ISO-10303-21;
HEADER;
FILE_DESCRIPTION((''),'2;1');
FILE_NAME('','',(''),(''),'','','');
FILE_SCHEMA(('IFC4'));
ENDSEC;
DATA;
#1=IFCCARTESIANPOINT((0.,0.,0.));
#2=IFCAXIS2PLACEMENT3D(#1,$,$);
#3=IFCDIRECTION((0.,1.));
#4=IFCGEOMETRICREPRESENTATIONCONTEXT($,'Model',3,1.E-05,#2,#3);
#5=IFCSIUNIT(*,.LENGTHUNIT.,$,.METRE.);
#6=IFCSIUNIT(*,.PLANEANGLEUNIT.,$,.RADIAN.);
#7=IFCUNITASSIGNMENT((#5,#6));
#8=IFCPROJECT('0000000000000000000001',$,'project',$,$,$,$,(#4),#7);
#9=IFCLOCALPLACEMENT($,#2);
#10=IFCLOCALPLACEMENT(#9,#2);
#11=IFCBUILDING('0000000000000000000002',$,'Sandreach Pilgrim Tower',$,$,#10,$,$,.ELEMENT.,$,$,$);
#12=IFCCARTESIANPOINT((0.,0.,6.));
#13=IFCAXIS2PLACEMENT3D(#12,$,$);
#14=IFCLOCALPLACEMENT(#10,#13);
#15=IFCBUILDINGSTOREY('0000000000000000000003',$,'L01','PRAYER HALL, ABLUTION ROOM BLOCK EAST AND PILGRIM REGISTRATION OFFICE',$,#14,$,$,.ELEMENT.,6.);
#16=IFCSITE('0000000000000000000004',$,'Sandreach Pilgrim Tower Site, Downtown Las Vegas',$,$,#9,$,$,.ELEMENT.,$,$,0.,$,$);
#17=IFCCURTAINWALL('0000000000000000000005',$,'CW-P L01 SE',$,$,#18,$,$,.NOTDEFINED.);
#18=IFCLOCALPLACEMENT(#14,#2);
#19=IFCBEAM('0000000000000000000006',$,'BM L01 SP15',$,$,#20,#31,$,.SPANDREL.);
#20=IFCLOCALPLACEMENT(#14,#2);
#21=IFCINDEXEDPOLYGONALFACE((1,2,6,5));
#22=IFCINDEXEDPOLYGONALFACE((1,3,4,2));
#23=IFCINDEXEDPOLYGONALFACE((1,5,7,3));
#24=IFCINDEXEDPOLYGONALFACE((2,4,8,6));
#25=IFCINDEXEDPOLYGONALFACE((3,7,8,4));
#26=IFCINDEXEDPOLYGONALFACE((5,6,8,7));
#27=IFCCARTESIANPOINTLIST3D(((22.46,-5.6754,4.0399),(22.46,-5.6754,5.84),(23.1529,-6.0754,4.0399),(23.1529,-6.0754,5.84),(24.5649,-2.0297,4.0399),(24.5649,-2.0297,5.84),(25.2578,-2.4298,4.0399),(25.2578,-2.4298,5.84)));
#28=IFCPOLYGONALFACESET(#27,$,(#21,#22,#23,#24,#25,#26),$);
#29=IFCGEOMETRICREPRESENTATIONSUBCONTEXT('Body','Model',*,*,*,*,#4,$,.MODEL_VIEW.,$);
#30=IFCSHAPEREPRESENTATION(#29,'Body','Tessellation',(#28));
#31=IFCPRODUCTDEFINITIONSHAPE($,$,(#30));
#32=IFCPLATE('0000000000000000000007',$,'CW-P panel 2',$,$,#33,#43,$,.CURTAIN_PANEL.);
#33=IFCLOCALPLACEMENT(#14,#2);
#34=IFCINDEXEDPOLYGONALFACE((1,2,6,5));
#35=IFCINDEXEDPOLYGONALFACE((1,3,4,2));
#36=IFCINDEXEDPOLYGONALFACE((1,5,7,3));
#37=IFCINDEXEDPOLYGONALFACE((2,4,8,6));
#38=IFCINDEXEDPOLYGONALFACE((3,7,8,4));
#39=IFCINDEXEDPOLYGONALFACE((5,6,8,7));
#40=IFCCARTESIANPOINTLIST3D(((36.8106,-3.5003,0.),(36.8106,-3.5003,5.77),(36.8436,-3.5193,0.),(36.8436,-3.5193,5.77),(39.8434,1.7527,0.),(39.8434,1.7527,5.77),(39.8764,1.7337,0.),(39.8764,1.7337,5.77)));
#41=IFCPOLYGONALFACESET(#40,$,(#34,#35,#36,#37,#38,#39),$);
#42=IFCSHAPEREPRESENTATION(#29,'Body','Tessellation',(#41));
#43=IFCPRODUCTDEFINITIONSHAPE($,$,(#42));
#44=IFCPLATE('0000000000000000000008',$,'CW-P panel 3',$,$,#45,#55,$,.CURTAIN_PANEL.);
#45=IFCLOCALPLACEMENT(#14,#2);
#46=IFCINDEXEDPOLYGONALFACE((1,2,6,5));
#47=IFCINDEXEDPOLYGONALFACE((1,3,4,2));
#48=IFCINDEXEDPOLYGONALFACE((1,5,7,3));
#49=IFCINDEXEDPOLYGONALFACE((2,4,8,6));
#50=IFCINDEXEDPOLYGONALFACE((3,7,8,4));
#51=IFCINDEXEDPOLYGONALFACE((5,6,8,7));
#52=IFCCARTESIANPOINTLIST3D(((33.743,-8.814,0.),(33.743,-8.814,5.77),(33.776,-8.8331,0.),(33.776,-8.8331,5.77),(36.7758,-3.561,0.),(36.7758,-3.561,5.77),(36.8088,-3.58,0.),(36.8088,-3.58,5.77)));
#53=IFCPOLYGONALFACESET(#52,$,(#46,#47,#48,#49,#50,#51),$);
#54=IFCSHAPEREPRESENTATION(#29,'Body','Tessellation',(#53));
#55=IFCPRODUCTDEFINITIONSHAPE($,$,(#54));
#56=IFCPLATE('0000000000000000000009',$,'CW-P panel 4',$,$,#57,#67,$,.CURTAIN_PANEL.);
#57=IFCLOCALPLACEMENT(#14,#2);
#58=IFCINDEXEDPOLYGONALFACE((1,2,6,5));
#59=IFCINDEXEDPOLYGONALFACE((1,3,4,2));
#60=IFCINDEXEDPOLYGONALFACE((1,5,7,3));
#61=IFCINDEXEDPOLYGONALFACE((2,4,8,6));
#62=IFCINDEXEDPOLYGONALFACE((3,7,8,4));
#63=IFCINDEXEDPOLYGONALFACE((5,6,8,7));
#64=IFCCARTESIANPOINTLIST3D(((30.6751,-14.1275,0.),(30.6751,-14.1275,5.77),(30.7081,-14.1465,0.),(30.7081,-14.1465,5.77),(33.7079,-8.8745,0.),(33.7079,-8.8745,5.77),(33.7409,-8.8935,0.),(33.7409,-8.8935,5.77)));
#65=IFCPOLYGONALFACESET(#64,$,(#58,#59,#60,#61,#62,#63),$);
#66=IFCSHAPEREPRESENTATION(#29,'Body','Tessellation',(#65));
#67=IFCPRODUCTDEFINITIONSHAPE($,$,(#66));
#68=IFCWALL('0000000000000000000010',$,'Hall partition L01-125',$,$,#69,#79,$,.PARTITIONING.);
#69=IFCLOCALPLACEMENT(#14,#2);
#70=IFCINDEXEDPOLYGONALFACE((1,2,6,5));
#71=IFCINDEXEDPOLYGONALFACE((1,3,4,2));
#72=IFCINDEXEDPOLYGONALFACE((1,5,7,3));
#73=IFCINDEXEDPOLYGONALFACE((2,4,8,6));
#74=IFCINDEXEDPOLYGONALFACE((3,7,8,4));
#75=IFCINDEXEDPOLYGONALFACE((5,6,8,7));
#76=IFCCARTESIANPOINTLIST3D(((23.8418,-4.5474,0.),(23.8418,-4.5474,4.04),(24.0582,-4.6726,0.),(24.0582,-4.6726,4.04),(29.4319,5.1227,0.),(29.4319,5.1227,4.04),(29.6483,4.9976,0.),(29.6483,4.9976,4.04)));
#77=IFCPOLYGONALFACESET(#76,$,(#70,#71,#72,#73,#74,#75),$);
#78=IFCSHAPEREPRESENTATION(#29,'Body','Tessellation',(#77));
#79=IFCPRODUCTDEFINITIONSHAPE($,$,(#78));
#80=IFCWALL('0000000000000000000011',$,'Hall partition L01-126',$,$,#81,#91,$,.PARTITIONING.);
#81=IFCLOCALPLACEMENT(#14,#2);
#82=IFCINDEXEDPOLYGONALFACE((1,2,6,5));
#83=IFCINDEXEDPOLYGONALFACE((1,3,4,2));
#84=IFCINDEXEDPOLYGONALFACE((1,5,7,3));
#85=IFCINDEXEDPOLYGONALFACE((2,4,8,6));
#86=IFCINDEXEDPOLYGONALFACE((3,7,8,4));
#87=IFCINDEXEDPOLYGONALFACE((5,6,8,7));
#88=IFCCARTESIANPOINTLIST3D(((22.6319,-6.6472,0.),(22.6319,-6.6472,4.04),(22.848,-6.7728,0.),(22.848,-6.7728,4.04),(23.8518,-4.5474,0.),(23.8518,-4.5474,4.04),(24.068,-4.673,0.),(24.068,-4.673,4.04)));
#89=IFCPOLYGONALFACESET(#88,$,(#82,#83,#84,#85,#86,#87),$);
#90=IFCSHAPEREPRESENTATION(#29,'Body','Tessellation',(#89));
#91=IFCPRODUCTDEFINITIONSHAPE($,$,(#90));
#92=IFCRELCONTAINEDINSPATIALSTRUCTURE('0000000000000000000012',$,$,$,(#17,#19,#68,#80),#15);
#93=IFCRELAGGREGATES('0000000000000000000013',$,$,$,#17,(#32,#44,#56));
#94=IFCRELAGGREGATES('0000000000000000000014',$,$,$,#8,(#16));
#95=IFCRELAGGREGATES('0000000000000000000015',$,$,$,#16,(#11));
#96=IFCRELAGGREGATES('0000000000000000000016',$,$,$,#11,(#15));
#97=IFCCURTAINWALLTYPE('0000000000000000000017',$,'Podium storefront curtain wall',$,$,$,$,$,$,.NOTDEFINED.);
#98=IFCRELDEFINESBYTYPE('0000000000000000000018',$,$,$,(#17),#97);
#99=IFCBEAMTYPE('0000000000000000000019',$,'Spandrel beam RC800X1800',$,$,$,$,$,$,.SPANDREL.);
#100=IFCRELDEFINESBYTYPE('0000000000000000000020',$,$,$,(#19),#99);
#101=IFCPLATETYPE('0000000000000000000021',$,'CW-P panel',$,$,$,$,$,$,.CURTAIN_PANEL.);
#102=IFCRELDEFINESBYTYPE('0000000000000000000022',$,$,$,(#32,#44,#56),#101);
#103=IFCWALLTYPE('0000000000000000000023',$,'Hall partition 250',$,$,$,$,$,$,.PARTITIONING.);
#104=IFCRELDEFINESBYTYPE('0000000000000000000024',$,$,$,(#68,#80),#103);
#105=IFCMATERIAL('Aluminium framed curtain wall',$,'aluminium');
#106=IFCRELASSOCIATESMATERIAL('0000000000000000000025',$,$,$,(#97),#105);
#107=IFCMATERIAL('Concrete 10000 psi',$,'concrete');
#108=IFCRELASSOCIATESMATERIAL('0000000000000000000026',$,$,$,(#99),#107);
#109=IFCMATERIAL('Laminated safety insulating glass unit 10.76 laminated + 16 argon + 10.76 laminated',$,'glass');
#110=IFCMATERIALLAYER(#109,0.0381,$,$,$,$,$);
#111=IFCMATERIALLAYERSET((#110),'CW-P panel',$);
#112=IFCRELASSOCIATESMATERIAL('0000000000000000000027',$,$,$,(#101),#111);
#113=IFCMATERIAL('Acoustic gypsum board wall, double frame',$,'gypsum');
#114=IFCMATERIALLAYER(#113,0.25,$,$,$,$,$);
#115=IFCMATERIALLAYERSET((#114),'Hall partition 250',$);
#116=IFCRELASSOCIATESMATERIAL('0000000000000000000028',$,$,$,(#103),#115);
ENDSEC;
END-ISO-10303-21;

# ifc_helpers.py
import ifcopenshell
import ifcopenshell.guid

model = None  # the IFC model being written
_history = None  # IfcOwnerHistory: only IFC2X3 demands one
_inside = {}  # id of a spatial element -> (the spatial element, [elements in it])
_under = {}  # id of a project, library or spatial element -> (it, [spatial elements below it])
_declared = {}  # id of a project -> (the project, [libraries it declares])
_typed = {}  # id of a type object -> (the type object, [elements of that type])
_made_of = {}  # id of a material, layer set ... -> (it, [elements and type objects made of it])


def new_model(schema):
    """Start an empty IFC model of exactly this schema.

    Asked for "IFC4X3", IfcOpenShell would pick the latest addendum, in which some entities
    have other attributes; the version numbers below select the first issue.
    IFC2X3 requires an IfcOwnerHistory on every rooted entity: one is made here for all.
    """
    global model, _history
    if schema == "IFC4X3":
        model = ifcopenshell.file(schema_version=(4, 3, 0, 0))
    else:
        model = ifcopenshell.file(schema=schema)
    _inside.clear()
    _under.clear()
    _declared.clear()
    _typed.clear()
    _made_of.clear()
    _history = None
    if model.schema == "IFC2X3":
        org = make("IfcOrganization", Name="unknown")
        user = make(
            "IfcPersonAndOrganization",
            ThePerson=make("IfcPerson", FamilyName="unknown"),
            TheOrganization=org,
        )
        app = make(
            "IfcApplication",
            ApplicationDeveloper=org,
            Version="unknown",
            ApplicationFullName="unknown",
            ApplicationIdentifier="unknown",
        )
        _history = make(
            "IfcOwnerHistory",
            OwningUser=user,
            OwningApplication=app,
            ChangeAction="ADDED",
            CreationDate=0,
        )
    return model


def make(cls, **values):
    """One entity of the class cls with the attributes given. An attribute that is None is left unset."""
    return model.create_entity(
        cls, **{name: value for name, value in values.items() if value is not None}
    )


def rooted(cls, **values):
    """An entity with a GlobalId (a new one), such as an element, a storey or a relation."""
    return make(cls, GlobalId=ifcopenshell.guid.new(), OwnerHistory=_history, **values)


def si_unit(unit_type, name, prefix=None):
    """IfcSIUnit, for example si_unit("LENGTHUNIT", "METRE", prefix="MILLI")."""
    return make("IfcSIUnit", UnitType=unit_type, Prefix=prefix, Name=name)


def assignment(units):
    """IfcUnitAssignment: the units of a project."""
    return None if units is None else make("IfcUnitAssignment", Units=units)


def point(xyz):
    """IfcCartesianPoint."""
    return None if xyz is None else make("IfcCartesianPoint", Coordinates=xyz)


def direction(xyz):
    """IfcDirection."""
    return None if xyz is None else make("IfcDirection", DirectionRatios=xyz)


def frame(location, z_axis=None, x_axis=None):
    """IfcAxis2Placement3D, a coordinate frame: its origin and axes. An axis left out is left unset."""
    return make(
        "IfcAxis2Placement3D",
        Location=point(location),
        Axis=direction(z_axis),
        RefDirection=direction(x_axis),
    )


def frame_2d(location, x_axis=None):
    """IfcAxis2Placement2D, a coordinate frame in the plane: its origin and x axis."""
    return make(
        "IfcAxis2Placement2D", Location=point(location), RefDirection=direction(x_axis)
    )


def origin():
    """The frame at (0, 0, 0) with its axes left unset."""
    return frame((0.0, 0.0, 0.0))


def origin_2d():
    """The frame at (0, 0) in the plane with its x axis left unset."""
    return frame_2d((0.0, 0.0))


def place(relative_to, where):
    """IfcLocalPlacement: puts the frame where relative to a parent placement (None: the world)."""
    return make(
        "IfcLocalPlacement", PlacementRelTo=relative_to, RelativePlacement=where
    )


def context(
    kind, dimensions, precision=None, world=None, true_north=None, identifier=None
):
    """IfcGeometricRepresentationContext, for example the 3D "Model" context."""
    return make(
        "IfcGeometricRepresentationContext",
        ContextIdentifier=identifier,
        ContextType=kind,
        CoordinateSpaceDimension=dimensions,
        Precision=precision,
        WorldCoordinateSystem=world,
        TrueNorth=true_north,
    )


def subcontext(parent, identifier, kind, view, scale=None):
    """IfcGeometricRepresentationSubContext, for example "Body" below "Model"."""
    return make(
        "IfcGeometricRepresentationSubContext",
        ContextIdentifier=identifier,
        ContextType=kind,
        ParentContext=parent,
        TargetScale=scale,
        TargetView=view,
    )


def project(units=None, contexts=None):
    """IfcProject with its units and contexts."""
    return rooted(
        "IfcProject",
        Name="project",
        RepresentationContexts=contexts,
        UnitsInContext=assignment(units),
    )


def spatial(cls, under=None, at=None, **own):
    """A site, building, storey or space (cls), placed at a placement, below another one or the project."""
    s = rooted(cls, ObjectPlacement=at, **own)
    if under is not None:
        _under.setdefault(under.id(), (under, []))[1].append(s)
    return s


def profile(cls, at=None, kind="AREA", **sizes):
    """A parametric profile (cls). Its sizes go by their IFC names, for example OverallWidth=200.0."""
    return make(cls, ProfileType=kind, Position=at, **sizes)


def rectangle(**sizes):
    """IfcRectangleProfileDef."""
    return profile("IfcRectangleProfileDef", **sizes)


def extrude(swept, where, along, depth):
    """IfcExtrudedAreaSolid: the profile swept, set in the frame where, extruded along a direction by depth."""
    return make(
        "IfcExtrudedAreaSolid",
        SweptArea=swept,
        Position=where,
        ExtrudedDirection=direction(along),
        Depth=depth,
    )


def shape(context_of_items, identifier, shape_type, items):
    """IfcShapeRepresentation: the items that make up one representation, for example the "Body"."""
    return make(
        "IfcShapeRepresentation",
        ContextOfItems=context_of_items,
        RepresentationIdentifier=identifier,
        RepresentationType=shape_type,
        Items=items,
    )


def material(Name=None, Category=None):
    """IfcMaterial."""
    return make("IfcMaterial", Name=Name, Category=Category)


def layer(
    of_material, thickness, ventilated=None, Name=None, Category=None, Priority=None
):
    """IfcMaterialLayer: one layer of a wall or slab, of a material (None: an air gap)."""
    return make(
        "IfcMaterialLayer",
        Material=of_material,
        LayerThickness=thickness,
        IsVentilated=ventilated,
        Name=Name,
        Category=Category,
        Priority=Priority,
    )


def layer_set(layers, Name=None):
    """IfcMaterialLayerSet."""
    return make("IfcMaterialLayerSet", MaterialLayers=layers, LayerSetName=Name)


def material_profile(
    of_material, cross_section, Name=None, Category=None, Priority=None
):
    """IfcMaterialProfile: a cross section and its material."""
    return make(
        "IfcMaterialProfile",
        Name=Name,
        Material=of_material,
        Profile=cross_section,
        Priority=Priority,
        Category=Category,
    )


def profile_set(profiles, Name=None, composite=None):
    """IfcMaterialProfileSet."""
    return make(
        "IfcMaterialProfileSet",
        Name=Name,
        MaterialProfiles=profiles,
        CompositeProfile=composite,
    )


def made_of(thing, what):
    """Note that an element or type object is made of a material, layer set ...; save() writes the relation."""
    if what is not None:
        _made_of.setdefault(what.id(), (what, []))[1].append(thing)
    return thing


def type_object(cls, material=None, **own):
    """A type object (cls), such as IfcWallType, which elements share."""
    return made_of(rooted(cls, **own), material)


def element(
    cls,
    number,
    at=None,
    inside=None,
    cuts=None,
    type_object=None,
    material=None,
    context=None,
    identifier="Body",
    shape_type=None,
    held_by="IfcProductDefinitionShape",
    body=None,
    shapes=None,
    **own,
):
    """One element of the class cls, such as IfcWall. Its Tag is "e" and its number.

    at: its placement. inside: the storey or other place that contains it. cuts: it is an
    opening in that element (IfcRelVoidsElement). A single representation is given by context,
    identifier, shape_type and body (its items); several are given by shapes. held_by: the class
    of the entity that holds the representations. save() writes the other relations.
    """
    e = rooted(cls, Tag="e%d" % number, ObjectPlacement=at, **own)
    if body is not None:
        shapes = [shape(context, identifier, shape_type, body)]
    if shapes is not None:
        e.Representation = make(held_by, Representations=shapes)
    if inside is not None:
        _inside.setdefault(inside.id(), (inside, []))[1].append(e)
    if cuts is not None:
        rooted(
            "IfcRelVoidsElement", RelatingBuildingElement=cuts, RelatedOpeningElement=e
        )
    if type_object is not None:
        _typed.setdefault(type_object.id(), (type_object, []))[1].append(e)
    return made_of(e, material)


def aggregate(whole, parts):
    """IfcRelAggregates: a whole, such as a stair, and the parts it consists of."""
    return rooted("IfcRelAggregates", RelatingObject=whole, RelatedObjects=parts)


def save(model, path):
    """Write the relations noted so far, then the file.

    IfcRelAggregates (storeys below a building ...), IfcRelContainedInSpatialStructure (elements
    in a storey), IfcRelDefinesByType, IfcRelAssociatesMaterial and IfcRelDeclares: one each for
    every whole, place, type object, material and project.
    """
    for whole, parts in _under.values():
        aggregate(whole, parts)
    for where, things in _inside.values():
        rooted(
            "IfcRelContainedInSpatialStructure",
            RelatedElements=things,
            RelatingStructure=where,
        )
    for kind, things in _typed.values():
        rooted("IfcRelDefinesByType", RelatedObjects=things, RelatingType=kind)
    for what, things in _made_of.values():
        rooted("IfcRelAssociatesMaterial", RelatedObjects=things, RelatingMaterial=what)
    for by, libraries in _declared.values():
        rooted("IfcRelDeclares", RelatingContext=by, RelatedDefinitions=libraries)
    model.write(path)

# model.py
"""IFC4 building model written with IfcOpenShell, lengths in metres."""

from ifc_helpers import new_model, si_unit, direction, frame, frame_2d, origin, origin_2d, place, context, subcontext, project, spatial, rectangle, extrude, material, layer, layer_set, material_profile, profile_set, type_object, element, aggregate, save


model = new_model("IFC4")

# Units and contexts
model_context = context("Model", 3, precision=1e-05, world=origin(), true_north=direction((0.0, 1.0)))
body_context = subcontext(model_context, "Body", "Model", "MODEL_VIEW")
ifc_project = project(units=[si_unit("LENGTHUNIT", "METRE"), si_unit("PLANEANGLEUNIT", "RADIAN")], contexts=[model_context])

# Site, building, storey
site_placement = place(None, origin())
site = spatial("IfcSite", under=ifc_project, at=site_placement, Name="Sandreach Pilgrim Tower Site, Downtown Las Vegas", CompositionType="ELEMENT", RefElevation=0.0)
building_placement = place(site_placement, origin())
building = spatial("IfcBuilding", under=site, at=building_placement, Name="Sandreach Pilgrim Tower", CompositionType="ELEMENT")
storey_placement = place(building_placement, frame((0.0, 0.0, 6.0)))
storey = spatial("IfcBuildingStorey", under=building, at=storey_placement, Name="L01", Description="PRAYER HALL, ABLUTION ROOM BLOCK EAST AND PILGRIM REGISTRATION OFFICE", CompositionType="ELEMENT", Elevation=6.0)

# Curtain wall
ifc_material_1 = material(Name="Aluminium framed curtain wall", Category="aluminium")
curtain_wall_type = type_object("IfcCurtainWallType", Name="Podium storefront curtain wall", PredefinedType="NOTDEFINED", material=ifc_material_1)
curtain_wall_placement = place(storey_placement, origin())
curtain_wall = element("IfcCurtainWall", 1, at=curtain_wall_placement, inside=storey, type_object=curtain_wall_type, Name="CW-P L01 SE", PredefinedType="NOTDEFINED")

# Beam
ifc_material_2 = material(Name="Concrete 10000 psi", Category="concrete")
ifc_material_profile_1 = material_profile(ifc_material_2, rectangle(XDim=0.8, YDim=1.8, at=origin_2d()), Name="RC800X1800")
ifc_profile_set_1 = profile_set([ifc_material_profile_1], Name="Concrete 10000 psi")
beam_type_1 = type_object("IfcBeamType", Name="Spandrel beam RC800X1800", PredefinedType="SPANDREL", material=ifc_profile_set_1)
beam_1_placement = place(storey_placement, frame((24.9114, -2.2297, 4.9399), z_axis=(-0.500019, -0.866015, 0.0), x_axis=(0.866015, -0.500019, 0.0)))
element("IfcBeam", 2, at=beam_1_placement, inside=storey, type_object=beam_type_1, Name="BM L01 SP15", PredefinedType="SPANDREL", context=body_context, shape_type="SweptSolid", body=[
    extrude(rectangle(XDim=0.8, YDim=1.8, at=origin_2d()), origin(), (0.0, 0.0, 1.0), 4.2097),
])

# Plates
ifc_material_3 = material(Name="Laminated safety insulating glass unit 10.76 laminated + 16 argon + 10.76 laminated", Category="glass")
ifc_layer_1 = layer(ifc_material_3, 0.0381)
ifc_layer_set_1 = layer_set([ifc_layer_1], Name="CW-P panel")
plate_type = type_object("IfcPlateType", Name="CW-P panel", PredefinedType="CURTAIN_PANEL", material=ifc_layer_set_1)
plate_1_placement = place(storey_placement, frame((38.3435, -0.8833, 0.0), z_axis=(0.0, 0.0, 1.0), x_axis=(-0.5, -0.866025, 0.0)))
plate_1 = element("IfcPlate", 3, at=plate_1_placement, type_object=plate_type, Name="CW-P panel 2", PredefinedType="CURTAIN_PANEL", context=body_context, shape_type="SweptSolid", body=[
    extrude(rectangle(XDim=6.0657, YDim=0.0381, at=origin_2d()), origin(), (0.0, 0.0, 1.0), 5.77),
])
plate_2_placement = place(storey_placement, frame((35.2759, -6.197, 0.0), z_axis=(0.0, 0.0, 1.0), x_axis=(-0.5, -0.866025, 0.0)))
plate_2 = element("IfcPlate", 4, at=plate_2_placement, type_object=plate_type, Name="CW-P panel 3", PredefinedType="CURTAIN_PANEL", context=body_context, shape_type="SweptSolid", body=[
    extrude(rectangle(XDim=6.0657, YDim=0.0381, at=origin_2d()), origin(), (0.0, 0.0, 1.0), 5.77),
])
plate_3_placement = place(storey_placement, frame((32.208, -11.5105, 0.0), z_axis=(0.0, 0.0, 1.0), x_axis=(-0.5, -0.866025, 0.0)))
plate_3 = element("IfcPlate", 5, at=plate_3_placement, type_object=plate_type, Name="CW-P panel 4", PredefinedType="CURTAIN_PANEL", context=body_context, shape_type="SweptSolid", body=[
    extrude(rectangle(XDim=6.0657, YDim=0.0381, at=origin_2d()), origin(), (0.0, 0.0, 1.0), 5.77),
])
aggregate(curtain_wall, [plate_1, plate_2, plate_3])

# Walls
ifc_material_4 = material(Name="Acoustic gypsum board wall, double frame", Category="gypsum")
ifc_layer_2 = layer(ifc_material_4, 0.25)
ifc_layer_set_2 = layer_set([ifc_layer_2], Name="Hall partition 250")
wall_type = type_object("IfcWallType", Name="Hall partition 250", PredefinedType="PARTITIONING", material=ifc_layer_set_2)
wall_1_placement = place(storey_placement, frame((23.95, -4.6101, 0.0), z_axis=(0.0, 0.0, 1.0), x_axis=(0.500471, 0.865753, 0.0)))
element("IfcWall", 6, at=wall_1_placement, inside=storey, type_object=wall_type, Name="Hall partition L01-125", PredefinedType="PARTITIONING", context=body_context, shape_type="SweptSolid", body=[
    extrude(rectangle(XDim=11.1697, YDim=0.25, at=frame_2d((5.585, 0.0))), origin(), (0.0, 0.0, 1.0), 4.04),
])
wall_2_placement = place(storey_placement, frame((23.96, -4.6101, 0.0), z_axis=(0.0, 0.0, 1.0), x_axis=(-0.502351, -0.864664, 0.0)))
element("IfcWall", 7, at=wall_2_placement, inside=storey, type_object=wall_type, Name="Hall partition L01-126", PredefinedType="PARTITIONING", context=body_context, shape_type="SweptSolid", body=[
    extrude(rectangle(XDim=2.4285, YDim=0.25, at=frame_2d((1.2144, 0.0))), origin(), (0.0, 0.0, 1.0), 4.04),
])

save(model, "model.ifc")
